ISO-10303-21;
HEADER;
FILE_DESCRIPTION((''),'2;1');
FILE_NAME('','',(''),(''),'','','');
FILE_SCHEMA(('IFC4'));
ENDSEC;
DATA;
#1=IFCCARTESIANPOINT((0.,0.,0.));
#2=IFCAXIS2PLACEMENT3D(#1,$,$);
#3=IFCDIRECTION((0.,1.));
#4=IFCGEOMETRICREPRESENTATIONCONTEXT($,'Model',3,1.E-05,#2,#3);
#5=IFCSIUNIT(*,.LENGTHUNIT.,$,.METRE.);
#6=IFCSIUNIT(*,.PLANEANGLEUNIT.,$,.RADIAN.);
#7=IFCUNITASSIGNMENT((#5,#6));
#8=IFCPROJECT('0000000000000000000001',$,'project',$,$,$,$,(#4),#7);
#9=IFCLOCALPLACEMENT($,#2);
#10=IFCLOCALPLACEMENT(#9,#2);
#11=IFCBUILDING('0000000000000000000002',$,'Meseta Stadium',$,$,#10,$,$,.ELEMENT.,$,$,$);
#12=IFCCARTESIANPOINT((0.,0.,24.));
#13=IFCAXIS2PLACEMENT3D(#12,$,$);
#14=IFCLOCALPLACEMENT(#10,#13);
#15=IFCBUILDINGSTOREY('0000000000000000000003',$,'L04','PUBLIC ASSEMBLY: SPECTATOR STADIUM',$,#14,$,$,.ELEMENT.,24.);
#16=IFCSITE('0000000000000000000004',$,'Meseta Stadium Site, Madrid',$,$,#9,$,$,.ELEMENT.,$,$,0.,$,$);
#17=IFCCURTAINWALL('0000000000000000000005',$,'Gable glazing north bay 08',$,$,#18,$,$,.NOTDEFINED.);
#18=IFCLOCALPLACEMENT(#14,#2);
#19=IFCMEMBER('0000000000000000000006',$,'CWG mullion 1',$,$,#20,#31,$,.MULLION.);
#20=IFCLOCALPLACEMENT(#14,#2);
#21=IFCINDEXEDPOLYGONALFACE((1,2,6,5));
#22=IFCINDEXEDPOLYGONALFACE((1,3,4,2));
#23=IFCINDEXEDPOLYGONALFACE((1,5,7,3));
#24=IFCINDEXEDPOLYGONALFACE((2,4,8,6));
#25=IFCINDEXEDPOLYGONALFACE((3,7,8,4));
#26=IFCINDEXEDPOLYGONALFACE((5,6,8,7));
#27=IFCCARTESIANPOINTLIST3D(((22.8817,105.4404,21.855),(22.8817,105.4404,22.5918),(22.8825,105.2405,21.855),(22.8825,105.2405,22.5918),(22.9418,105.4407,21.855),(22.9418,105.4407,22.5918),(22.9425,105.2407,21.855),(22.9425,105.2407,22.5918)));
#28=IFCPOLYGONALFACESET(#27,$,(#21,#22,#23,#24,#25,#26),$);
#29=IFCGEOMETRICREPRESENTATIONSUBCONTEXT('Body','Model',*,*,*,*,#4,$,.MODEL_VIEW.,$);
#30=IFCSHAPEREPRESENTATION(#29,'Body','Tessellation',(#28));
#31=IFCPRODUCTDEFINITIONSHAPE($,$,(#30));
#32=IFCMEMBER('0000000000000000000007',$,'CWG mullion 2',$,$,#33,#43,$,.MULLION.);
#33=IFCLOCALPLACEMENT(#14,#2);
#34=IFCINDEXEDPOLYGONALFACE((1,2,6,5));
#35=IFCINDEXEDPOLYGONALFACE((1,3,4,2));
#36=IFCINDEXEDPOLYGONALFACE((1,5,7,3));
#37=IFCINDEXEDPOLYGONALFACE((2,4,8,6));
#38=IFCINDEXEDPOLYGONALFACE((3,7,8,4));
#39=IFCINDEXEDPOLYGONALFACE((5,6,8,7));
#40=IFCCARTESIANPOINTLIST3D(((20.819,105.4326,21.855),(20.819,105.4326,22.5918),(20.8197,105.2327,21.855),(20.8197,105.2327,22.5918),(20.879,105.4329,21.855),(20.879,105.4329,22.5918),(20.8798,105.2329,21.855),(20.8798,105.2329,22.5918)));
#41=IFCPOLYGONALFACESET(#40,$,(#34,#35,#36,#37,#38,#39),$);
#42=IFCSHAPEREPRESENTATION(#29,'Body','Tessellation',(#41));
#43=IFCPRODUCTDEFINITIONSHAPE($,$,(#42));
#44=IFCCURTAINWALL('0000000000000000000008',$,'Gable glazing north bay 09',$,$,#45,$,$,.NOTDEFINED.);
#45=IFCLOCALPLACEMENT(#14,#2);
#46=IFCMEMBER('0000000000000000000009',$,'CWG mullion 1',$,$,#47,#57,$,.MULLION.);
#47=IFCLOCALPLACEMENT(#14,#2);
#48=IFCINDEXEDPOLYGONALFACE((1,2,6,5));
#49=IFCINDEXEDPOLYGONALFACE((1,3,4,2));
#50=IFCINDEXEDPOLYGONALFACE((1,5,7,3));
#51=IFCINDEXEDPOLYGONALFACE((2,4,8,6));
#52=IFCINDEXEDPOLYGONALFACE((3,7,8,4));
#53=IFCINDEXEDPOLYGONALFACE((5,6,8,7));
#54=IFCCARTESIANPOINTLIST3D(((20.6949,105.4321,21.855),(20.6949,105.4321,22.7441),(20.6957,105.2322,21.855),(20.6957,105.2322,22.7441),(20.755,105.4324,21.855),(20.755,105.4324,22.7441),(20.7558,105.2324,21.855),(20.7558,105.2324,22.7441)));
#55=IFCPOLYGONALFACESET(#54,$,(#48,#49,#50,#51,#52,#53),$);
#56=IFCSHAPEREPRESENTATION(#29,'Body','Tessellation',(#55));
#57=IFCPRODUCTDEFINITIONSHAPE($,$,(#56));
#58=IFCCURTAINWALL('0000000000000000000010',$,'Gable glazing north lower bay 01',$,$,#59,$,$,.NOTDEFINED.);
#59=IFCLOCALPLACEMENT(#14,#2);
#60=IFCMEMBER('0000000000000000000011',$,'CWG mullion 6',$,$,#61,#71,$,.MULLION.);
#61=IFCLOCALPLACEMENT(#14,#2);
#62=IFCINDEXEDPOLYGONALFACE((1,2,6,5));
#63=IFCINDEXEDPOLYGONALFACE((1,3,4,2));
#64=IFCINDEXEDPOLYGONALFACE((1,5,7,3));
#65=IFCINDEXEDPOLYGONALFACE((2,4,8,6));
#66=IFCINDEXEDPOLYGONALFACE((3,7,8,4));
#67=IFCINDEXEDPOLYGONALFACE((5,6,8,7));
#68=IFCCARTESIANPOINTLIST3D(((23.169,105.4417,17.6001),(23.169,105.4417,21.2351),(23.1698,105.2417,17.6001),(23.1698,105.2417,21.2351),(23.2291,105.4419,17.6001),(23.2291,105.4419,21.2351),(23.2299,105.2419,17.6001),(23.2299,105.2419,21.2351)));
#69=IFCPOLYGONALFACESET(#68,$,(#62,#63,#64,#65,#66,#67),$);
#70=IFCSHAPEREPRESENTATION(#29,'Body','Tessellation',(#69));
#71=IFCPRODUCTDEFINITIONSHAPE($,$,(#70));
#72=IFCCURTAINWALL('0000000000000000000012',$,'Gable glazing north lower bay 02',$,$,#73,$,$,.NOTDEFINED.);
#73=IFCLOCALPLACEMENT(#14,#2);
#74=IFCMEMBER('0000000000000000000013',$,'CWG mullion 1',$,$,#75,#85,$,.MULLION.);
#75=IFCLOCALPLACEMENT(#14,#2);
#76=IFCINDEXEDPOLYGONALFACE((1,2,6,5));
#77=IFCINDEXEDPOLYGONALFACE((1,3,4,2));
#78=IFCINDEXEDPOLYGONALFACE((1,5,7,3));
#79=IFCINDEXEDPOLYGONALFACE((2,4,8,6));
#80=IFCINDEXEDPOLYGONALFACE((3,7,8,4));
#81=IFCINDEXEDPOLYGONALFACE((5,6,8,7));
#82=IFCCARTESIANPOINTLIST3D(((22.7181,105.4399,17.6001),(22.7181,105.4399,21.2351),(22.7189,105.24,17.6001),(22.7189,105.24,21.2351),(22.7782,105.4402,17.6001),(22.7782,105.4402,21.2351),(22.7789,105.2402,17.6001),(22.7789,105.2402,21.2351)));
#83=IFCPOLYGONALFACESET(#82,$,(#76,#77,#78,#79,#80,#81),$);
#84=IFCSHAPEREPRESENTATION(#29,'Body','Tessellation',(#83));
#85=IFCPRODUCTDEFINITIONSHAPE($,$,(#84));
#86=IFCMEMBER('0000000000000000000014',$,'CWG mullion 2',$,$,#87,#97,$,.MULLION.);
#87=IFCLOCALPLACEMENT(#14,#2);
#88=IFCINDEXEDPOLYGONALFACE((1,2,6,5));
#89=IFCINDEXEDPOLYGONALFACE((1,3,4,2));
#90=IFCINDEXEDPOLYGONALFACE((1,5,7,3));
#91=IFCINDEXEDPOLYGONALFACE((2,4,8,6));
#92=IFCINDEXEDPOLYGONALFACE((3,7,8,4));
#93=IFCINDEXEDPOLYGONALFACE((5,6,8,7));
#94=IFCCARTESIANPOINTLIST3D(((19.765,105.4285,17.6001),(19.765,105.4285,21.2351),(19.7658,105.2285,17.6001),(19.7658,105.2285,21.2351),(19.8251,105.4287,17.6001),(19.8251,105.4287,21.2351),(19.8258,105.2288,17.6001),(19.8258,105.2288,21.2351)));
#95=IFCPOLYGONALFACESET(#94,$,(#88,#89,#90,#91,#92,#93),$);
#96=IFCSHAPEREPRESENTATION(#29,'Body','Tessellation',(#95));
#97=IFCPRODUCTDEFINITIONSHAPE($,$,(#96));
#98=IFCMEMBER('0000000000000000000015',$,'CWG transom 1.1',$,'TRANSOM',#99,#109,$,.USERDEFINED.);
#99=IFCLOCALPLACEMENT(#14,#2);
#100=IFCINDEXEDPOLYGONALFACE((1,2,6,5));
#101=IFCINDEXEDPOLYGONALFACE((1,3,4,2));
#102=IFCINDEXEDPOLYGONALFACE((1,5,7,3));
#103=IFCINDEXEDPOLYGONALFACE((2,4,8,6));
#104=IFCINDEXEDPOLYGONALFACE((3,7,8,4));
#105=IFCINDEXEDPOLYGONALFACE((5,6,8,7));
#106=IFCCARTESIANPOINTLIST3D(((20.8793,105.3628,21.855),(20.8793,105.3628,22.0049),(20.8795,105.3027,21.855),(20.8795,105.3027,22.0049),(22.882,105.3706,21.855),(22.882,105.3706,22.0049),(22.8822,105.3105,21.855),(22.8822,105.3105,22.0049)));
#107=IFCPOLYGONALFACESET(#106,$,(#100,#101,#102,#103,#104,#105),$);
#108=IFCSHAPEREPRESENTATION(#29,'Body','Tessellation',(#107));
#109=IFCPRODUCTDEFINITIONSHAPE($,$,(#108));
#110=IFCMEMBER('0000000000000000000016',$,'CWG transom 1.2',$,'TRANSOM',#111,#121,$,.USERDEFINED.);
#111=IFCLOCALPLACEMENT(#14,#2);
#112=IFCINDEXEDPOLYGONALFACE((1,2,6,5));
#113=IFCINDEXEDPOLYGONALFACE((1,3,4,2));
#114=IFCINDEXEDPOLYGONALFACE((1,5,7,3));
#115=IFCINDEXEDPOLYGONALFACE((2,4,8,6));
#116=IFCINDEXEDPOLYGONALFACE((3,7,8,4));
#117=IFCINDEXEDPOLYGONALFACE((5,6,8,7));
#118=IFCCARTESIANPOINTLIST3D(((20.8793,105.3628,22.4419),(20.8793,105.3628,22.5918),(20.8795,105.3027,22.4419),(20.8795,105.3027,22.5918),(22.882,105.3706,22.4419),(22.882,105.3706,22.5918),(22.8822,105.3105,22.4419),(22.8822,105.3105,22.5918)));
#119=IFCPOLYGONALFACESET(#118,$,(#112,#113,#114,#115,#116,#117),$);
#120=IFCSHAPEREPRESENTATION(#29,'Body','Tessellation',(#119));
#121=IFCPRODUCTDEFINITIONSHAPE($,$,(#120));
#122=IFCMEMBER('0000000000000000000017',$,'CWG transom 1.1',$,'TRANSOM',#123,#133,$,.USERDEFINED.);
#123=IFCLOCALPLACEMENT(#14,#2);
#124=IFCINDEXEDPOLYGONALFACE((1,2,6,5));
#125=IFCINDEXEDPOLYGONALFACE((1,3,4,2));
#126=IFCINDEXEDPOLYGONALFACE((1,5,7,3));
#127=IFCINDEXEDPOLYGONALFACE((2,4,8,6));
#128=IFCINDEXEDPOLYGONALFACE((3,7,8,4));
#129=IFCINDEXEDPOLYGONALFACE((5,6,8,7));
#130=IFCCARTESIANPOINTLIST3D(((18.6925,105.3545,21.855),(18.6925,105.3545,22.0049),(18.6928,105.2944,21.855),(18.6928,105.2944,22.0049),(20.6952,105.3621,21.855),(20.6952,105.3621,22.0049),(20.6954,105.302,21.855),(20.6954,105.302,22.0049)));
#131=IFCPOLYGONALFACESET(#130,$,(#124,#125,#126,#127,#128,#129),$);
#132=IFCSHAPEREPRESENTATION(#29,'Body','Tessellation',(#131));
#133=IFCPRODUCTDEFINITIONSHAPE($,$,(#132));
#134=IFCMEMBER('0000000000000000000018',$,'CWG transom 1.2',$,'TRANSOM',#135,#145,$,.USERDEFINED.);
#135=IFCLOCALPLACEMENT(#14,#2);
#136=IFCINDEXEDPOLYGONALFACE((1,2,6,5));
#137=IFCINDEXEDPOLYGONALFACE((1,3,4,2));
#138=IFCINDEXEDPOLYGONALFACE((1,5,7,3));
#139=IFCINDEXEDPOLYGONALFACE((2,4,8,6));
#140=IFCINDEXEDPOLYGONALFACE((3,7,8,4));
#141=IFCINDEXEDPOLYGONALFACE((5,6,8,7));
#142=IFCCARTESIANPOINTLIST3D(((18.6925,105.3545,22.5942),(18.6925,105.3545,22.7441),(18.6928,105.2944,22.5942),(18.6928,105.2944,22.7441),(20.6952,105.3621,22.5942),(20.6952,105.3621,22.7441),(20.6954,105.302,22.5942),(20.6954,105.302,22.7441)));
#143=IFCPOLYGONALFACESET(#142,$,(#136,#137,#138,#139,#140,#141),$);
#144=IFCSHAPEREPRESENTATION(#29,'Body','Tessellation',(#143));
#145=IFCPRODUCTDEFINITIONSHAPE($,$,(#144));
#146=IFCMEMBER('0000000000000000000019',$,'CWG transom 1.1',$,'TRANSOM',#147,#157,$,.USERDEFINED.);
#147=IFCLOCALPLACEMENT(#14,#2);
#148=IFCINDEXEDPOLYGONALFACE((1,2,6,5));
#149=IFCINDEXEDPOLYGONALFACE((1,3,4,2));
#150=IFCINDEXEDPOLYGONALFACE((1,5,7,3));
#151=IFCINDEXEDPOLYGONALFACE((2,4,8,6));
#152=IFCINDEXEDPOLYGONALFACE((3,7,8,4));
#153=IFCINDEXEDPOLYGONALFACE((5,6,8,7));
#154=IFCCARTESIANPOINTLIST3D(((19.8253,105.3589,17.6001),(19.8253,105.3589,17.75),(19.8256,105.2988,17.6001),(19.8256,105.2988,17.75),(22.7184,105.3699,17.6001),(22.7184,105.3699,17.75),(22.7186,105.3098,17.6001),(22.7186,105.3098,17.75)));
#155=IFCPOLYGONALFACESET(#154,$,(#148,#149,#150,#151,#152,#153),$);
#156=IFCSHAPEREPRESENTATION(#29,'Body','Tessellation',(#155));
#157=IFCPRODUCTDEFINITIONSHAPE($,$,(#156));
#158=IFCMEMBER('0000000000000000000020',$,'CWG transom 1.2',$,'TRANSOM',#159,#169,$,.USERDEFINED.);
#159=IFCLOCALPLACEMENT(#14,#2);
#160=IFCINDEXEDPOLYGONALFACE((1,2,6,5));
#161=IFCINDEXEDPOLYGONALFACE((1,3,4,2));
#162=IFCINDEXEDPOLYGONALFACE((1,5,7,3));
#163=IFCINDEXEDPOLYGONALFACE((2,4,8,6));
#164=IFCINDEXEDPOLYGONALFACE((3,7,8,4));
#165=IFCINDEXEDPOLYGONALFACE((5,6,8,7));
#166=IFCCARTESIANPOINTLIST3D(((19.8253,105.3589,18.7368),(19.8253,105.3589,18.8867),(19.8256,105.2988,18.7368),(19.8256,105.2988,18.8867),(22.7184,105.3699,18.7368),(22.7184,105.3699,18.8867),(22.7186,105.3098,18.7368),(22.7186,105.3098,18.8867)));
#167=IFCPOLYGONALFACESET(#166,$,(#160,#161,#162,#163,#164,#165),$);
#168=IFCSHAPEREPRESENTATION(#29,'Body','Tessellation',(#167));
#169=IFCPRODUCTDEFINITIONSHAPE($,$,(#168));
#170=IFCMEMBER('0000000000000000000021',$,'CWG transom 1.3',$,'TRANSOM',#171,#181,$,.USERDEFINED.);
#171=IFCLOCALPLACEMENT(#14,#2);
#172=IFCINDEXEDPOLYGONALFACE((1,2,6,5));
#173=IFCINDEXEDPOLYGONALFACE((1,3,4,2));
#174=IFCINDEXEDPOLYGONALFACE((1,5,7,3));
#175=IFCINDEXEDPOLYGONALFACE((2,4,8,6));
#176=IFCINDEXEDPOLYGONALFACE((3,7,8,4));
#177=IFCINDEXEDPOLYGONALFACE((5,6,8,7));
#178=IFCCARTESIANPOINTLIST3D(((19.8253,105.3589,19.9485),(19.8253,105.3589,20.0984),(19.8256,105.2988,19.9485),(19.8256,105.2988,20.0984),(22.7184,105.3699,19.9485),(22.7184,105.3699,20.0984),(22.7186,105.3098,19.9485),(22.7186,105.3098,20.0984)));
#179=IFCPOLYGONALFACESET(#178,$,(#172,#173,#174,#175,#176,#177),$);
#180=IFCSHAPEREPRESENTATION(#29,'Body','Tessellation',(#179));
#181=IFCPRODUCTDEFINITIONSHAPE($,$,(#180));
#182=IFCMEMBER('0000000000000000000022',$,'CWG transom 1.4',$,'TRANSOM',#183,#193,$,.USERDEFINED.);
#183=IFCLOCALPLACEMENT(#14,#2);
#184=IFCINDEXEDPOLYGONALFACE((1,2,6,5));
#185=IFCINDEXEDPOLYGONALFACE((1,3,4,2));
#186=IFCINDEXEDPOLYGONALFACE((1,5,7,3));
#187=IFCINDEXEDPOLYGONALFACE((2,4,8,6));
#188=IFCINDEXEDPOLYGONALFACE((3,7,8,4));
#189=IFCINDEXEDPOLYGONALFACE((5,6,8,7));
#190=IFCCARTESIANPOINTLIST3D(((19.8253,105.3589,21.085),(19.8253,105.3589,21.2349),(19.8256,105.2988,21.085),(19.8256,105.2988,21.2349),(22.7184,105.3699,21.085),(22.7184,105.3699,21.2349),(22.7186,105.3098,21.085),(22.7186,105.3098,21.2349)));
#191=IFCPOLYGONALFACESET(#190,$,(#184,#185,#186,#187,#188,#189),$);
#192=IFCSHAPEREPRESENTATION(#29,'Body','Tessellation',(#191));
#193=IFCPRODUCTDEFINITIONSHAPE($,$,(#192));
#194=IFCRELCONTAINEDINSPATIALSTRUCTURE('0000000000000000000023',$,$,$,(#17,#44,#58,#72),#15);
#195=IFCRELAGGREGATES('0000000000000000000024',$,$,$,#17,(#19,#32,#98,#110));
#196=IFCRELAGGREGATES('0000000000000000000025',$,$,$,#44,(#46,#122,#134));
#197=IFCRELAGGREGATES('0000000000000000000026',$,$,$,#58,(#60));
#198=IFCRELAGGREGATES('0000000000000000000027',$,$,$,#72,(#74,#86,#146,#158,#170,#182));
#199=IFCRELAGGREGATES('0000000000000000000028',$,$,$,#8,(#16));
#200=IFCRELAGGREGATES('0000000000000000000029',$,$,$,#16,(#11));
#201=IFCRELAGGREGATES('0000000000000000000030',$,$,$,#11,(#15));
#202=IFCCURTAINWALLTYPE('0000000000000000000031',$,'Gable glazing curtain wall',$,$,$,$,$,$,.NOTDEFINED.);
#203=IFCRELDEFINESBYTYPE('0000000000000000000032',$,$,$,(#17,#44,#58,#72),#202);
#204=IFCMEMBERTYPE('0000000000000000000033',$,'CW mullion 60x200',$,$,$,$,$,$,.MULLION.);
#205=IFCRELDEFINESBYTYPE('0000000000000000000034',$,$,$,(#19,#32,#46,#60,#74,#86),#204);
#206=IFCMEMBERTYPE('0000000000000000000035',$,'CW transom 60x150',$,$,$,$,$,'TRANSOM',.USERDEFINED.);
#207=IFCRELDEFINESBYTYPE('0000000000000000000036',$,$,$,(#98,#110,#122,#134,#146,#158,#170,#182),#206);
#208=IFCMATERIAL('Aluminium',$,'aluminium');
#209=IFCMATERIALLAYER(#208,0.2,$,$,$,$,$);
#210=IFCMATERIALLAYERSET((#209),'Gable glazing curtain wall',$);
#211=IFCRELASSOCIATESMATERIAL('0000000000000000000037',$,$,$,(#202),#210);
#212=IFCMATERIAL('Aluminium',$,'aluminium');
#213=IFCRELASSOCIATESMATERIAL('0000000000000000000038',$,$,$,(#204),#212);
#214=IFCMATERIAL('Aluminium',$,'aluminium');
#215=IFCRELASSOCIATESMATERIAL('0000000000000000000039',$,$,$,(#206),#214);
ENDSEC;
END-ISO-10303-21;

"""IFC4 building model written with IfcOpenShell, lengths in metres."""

from ifc_helpers import new_model, si_unit, direction, frame, origin, origin_2d, place, context, subcontext, project, spatial, rectangle, extrude, material, layer, layer_set, material_profile, profile_set, type_object, element, aggregate, save


model = new_model("IFC4")

# Units and contexts
model_context = context("Model", 3, precision=1e-05, world=origin(), true_north=direction((0.0, 1.0)))
body_context = subcontext(model_context, "Body", "Model", "MODEL_VIEW")
ifc_project = project(units=[si_unit("LENGTHUNIT", "METRE"), si_unit("PLANEANGLEUNIT", "RADIAN")], contexts=[model_context])

# Site, building, storey
site_placement = place(None, origin())
site = spatial("IfcSite", under=ifc_project, at=site_placement, Name="Meseta Stadium Site, Madrid", CompositionType="ELEMENT", RefElevation=0.0)
building_placement = place(site_placement, origin())
building = spatial("IfcBuilding", under=site, at=building_placement, Name="Meseta Stadium", CompositionType="ELEMENT")
storey_placement = place(building_placement, frame((0.0, 0.0, 24.0)))
storey = spatial("IfcBuildingStorey", under=building, at=storey_placement, Name="L04", Description="PUBLIC ASSEMBLY: SPECTATOR STADIUM", CompositionType="ELEMENT", Elevation=24.0)

# Curtain wall, members
ifc_material_1 = material(Name="Aluminium", Category="aluminium")
ifc_layer_1 = layer(ifc_material_1, 0.2)
ifc_layer_set_1 = layer_set([ifc_layer_1], Name="Gable glazing curtain wall")
curtain_wall_type = type_object("IfcCurtainWallType", Name="Gable glazing curtain wall", PredefinedType="NOTDEFINED", material=ifc_layer_set_1)
curtain_wall_1_placement = place(storey_placement, origin())
curtain_wall_1 = element("IfcCurtainWall", 1, at=curtain_wall_1_placement, inside=storey, type_object=curtain_wall_type, Name="Gable glazing north bay 08", PredefinedType="NOTDEFINED")
ifc_material_2 = material(Name="Aluminium", Category="aluminium")
ifc_material_profile_1 = material_profile(ifc_material_2, rectangle(XDim=0.2, YDim=0.0601, at=origin_2d()), Name="CW 200x60")
ifc_profile_set_1 = profile_set([ifc_material_profile_1], Name="Aluminium")
member_type_1 = type_object("IfcMemberType", Name="CW mullion 60x200", PredefinedType="MULLION", material=ifc_profile_set_1)
member_1_placement = place(storey_placement, frame((22.9121, 105.3406, 21.855), z_axis=(0.0, 0.0, 1.0), x_axis=(0.003848, -0.999993, 0.0)))
member_1 = element("IfcMember", 2, at=member_1_placement, type_object=member_type_1, Name="CWG mullion 1", PredefinedType="MULLION", context=body_context, shape_type="SweptSolid", body=[
    extrude(rectangle(XDim=0.2, YDim=0.0601, at=origin_2d()), origin(), (0.0, 0.0, 1.0), 0.7368),
])
member_2_placement = place(storey_placement, frame((20.8494, 105.3328, 21.855), z_axis=(0.0, 0.0, 1.0), x_axis=(0.003848, -0.999993, 0.0)))
member_2 = element("IfcMember", 3, at=member_2_placement, type_object=member_type_1, Name="CWG mullion 2", PredefinedType="MULLION", context=body_context, shape_type="SweptSolid", body=[
    extrude(rectangle(XDim=0.2, YDim=0.0601, at=origin_2d()), origin(), (0.0, 0.0, 1.0), 0.7368),
])

# Curtain walls, members
curtain_wall_2_placement = place(storey_placement, origin())
curtain_wall_2 = element("IfcCurtainWall", 4, at=curtain_wall_2_placement, inside=storey, type_object=curtain_wall_type, Name="Gable glazing north bay 09", PredefinedType="NOTDEFINED")
member_3_placement = place(storey_placement, frame((20.7253, 105.3323, 21.855), z_axis=(0.0, 0.0, 1.0), x_axis=(0.003848, -0.999993, 0.0)))
member_3 = element("IfcMember", 5, at=member_3_placement, type_object=member_type_1, Name="CWG mullion 1", PredefinedType="MULLION", context=body_context, shape_type="SweptSolid", body=[
    extrude(rectangle(XDim=0.2, YDim=0.0601, at=origin_2d()), origin(), (0.0, 0.0, 1.0), 0.8892),
])
curtain_wall_3_placement = place(storey_placement, origin())
curtain_wall_3 = element("IfcCurtainWall", 6, at=curtain_wall_3_placement, inside=storey, type_object=curtain_wall_type, Name="Gable glazing north lower bay 01", PredefinedType="NOTDEFINED")
member_4_placement = place(storey_placement, frame((23.1995, 105.3418, 17.6001), z_axis=(0.0, 0.0, 1.0), x_axis=(0.003848, -0.999993, 0.0)))
member_4 = element("IfcMember", 7, at=member_4_placement, type_object=member_type_1, Name="CWG mullion 6", PredefinedType="MULLION", context=body_context, shape_type="SweptSolid", body=[
    extrude(rectangle(XDim=0.2, YDim=0.0601, at=origin_2d()), origin(), (0.0, 0.0, 1.0), 3.635),
])

# Curtain wall, members
curtain_wall_4_placement = place(storey_placement, origin())
curtain_wall_4 = element("IfcCurtainWall", 8, at=curtain_wall_4_placement, inside=storey, type_object=curtain_wall_type, Name="Gable glazing north lower bay 02", PredefinedType="NOTDEFINED")
member_5_placement = place(storey_placement, frame((22.7485, 105.3401, 17.6001), z_axis=(0.0, 0.0, 1.0), x_axis=(0.003848, -0.999993, 0.0)))
member_5 = element("IfcMember", 9, at=member_5_placement, type_object=member_type_1, Name="CWG mullion 1", PredefinedType="MULLION", context=body_context, shape_type="SweptSolid", body=[
    extrude(rectangle(XDim=0.2, YDim=0.0601, at=origin_2d()), origin(), (0.0, 0.0, 1.0), 3.635),
])
member_6_placement = place(storey_placement, frame((19.7954, 105.3286, 17.6001), z_axis=(0.0, 0.0, 1.0), x_axis=(0.003848, -0.999993, 0.0)))
member_6 = element("IfcMember", 10, at=member_6_placement, type_object=member_type_1, Name="CWG mullion 2", PredefinedType="MULLION", context=body_context, shape_type="SweptSolid", body=[
    extrude(rectangle(XDim=0.2, YDim=0.0601, at=origin_2d()), origin(), (0.0, 0.0, 1.0), 3.635),
])

# Members
ifc_material_3 = material(Name="Aluminium", Category="aluminium")
ifc_material_profile_2 = material_profile(ifc_material_3, rectangle(XDim=0.0601, YDim=0.1499, at=origin_2d()), Name="CW 60x150")
ifc_profile_set_2 = profile_set([ifc_material_profile_2], Name="Aluminium")
member_type_2 = type_object("IfcMemberType", Name="CW transom 60x150", ElementType="TRANSOM", PredefinedType="USERDEFINED", material=ifc_profile_set_2)
member_7_placement = place(storey_placement, frame((22.8821, 105.3406, 21.9299), z_axis=(-0.999992, -0.003901, 0.0), x_axis=(0.003901, -0.999992, 0.0)))
member_7 = element("IfcMember", 11, at=member_7_placement, type_object=member_type_2, Name="CWG transom 1.1", ObjectType="TRANSOM", PredefinedType="USERDEFINED", context=body_context, shape_type="SweptSolid", body=[
    extrude(rectangle(XDim=0.0601, YDim=0.1499, at=origin_2d()), origin(), (0.0, 0.0, 1.0), 2.0027),
])
member_8_placement = place(storey_placement, frame((22.8821, 105.3406, 22.5168), z_axis=(-0.999992, -0.003901, 0.0), x_axis=(0.003901, -0.999992, 0.0)))
member_8 = element("IfcMember", 12, at=member_8_placement, type_object=member_type_2, Name="CWG transom 1.2", ObjectType="TRANSOM", PredefinedType="USERDEFINED", context=body_context, shape_type="SweptSolid", body=[
    extrude(rectangle(XDim=0.0601, YDim=0.1499, at=origin_2d()), origin(), (0.0, 0.0, 1.0), 2.0027),
])
member_9_placement = place(storey_placement, frame((20.6953, 105.332, 21.9299), z_axis=(-0.999993, -0.003779, 0.0), x_axis=(0.003779, -0.999993, 0.0)))
member_9 = element("IfcMember", 13, at=member_9_placement, type_object=member_type_2, Name="CWG transom 1.1", ObjectType="TRANSOM", PredefinedType="USERDEFINED", context=body_context, shape_type="SweptSolid", body=[
    extrude(rectangle(XDim=0.0601, YDim=0.1499, at=origin_2d()), origin(), (0.0, 0.0, 1.0), 2.0027),
])
member_10_placement = place(storey_placement, frame((20.6953, 105.332, 22.6692), z_axis=(-0.999993, -0.003779, 0.0), x_axis=(0.003779, -0.999993, 0.0)))
member_10 = element("IfcMember", 14, at=member_10_placement, type_object=member_type_2, Name="CWG transom 1.2", ObjectType="TRANSOM", PredefinedType="USERDEFINED", context=body_context, shape_type="SweptSolid", body=[
    extrude(rectangle(XDim=0.0601, YDim=0.1499, at=origin_2d()), origin(), (0.0, 0.0, 1.0), 2.0027),
])
member_11_placement = place(storey_placement, frame((22.7185, 105.3398, 17.675), z_axis=(-0.999993, -0.003797, 0.0), x_axis=(0.003797, -0.999993, 0.0)))
member_11 = element("IfcMember", 15, at=member_11_placement, type_object=member_type_2, Name="CWG transom 1.1", ObjectType="TRANSOM", PredefinedType="USERDEFINED", context=body_context, shape_type="SweptSolid", body=[
    extrude(rectangle(XDim=0.0601, YDim=0.1499, at=origin_2d()), origin(), (0.0, 0.0, 1.0), 2.8931),
])
member_12_placement = place(storey_placement, frame((22.7185, 105.3398, 18.8118), z_axis=(-0.999993, -0.003797, 0.0), x_axis=(0.003797, -0.999993, 0.0)))
member_12 = element("IfcMember", 16, at=member_12_placement, type_object=member_type_2, Name="CWG transom 1.2", ObjectType="TRANSOM", PredefinedType="USERDEFINED", context=body_context, shape_type="SweptSolid", body=[
    extrude(rectangle(XDim=0.0601, YDim=0.1499, at=origin_2d()), origin(), (0.0, 0.0, 1.0), 2.8931),
])
member_13_placement = place(storey_placement, frame((22.7185, 105.3398, 20.0234), z_axis=(-0.999993, -0.003797, 0.0), x_axis=(0.003797, -0.999993, 0.0)))
member_13 = element("IfcMember", 17, at=member_13_placement, type_object=member_type_2, Name="CWG transom 1.3", ObjectType="TRANSOM", PredefinedType="USERDEFINED", context=body_context, shape_type="SweptSolid", body=[
    extrude(rectangle(XDim=0.0601, YDim=0.1499, at=origin_2d()), origin(), (0.0, 0.0, 1.0), 2.8931),
])
member_14_placement = place(storey_placement, frame((22.7185, 105.3398, 21.1599), z_axis=(-0.999993, -0.003797, 0.0), x_axis=(0.003797, -0.999993, 0.0)))
member_14 = element("IfcMember", 18, at=member_14_placement, type_object=member_type_2, Name="CWG transom 1.4", ObjectType="TRANSOM", PredefinedType="USERDEFINED", context=body_context, shape_type="SweptSolid", body=[
    extrude(rectangle(XDim=0.0601, YDim=0.1499, at=origin_2d()), origin(), (0.0, 0.0, 1.0), 2.8931),
])

aggregate(curtain_wall_1, [member_1, member_2, member_7, member_8])
aggregate(curtain_wall_2, [member_3, member_9, member_10])
aggregate(curtain_wall_3, [member_4])
aggregate(curtain_wall_4, [member_5, member_6, member_11, member_12, member_13, member_14])

save(model, "model.ifc")
